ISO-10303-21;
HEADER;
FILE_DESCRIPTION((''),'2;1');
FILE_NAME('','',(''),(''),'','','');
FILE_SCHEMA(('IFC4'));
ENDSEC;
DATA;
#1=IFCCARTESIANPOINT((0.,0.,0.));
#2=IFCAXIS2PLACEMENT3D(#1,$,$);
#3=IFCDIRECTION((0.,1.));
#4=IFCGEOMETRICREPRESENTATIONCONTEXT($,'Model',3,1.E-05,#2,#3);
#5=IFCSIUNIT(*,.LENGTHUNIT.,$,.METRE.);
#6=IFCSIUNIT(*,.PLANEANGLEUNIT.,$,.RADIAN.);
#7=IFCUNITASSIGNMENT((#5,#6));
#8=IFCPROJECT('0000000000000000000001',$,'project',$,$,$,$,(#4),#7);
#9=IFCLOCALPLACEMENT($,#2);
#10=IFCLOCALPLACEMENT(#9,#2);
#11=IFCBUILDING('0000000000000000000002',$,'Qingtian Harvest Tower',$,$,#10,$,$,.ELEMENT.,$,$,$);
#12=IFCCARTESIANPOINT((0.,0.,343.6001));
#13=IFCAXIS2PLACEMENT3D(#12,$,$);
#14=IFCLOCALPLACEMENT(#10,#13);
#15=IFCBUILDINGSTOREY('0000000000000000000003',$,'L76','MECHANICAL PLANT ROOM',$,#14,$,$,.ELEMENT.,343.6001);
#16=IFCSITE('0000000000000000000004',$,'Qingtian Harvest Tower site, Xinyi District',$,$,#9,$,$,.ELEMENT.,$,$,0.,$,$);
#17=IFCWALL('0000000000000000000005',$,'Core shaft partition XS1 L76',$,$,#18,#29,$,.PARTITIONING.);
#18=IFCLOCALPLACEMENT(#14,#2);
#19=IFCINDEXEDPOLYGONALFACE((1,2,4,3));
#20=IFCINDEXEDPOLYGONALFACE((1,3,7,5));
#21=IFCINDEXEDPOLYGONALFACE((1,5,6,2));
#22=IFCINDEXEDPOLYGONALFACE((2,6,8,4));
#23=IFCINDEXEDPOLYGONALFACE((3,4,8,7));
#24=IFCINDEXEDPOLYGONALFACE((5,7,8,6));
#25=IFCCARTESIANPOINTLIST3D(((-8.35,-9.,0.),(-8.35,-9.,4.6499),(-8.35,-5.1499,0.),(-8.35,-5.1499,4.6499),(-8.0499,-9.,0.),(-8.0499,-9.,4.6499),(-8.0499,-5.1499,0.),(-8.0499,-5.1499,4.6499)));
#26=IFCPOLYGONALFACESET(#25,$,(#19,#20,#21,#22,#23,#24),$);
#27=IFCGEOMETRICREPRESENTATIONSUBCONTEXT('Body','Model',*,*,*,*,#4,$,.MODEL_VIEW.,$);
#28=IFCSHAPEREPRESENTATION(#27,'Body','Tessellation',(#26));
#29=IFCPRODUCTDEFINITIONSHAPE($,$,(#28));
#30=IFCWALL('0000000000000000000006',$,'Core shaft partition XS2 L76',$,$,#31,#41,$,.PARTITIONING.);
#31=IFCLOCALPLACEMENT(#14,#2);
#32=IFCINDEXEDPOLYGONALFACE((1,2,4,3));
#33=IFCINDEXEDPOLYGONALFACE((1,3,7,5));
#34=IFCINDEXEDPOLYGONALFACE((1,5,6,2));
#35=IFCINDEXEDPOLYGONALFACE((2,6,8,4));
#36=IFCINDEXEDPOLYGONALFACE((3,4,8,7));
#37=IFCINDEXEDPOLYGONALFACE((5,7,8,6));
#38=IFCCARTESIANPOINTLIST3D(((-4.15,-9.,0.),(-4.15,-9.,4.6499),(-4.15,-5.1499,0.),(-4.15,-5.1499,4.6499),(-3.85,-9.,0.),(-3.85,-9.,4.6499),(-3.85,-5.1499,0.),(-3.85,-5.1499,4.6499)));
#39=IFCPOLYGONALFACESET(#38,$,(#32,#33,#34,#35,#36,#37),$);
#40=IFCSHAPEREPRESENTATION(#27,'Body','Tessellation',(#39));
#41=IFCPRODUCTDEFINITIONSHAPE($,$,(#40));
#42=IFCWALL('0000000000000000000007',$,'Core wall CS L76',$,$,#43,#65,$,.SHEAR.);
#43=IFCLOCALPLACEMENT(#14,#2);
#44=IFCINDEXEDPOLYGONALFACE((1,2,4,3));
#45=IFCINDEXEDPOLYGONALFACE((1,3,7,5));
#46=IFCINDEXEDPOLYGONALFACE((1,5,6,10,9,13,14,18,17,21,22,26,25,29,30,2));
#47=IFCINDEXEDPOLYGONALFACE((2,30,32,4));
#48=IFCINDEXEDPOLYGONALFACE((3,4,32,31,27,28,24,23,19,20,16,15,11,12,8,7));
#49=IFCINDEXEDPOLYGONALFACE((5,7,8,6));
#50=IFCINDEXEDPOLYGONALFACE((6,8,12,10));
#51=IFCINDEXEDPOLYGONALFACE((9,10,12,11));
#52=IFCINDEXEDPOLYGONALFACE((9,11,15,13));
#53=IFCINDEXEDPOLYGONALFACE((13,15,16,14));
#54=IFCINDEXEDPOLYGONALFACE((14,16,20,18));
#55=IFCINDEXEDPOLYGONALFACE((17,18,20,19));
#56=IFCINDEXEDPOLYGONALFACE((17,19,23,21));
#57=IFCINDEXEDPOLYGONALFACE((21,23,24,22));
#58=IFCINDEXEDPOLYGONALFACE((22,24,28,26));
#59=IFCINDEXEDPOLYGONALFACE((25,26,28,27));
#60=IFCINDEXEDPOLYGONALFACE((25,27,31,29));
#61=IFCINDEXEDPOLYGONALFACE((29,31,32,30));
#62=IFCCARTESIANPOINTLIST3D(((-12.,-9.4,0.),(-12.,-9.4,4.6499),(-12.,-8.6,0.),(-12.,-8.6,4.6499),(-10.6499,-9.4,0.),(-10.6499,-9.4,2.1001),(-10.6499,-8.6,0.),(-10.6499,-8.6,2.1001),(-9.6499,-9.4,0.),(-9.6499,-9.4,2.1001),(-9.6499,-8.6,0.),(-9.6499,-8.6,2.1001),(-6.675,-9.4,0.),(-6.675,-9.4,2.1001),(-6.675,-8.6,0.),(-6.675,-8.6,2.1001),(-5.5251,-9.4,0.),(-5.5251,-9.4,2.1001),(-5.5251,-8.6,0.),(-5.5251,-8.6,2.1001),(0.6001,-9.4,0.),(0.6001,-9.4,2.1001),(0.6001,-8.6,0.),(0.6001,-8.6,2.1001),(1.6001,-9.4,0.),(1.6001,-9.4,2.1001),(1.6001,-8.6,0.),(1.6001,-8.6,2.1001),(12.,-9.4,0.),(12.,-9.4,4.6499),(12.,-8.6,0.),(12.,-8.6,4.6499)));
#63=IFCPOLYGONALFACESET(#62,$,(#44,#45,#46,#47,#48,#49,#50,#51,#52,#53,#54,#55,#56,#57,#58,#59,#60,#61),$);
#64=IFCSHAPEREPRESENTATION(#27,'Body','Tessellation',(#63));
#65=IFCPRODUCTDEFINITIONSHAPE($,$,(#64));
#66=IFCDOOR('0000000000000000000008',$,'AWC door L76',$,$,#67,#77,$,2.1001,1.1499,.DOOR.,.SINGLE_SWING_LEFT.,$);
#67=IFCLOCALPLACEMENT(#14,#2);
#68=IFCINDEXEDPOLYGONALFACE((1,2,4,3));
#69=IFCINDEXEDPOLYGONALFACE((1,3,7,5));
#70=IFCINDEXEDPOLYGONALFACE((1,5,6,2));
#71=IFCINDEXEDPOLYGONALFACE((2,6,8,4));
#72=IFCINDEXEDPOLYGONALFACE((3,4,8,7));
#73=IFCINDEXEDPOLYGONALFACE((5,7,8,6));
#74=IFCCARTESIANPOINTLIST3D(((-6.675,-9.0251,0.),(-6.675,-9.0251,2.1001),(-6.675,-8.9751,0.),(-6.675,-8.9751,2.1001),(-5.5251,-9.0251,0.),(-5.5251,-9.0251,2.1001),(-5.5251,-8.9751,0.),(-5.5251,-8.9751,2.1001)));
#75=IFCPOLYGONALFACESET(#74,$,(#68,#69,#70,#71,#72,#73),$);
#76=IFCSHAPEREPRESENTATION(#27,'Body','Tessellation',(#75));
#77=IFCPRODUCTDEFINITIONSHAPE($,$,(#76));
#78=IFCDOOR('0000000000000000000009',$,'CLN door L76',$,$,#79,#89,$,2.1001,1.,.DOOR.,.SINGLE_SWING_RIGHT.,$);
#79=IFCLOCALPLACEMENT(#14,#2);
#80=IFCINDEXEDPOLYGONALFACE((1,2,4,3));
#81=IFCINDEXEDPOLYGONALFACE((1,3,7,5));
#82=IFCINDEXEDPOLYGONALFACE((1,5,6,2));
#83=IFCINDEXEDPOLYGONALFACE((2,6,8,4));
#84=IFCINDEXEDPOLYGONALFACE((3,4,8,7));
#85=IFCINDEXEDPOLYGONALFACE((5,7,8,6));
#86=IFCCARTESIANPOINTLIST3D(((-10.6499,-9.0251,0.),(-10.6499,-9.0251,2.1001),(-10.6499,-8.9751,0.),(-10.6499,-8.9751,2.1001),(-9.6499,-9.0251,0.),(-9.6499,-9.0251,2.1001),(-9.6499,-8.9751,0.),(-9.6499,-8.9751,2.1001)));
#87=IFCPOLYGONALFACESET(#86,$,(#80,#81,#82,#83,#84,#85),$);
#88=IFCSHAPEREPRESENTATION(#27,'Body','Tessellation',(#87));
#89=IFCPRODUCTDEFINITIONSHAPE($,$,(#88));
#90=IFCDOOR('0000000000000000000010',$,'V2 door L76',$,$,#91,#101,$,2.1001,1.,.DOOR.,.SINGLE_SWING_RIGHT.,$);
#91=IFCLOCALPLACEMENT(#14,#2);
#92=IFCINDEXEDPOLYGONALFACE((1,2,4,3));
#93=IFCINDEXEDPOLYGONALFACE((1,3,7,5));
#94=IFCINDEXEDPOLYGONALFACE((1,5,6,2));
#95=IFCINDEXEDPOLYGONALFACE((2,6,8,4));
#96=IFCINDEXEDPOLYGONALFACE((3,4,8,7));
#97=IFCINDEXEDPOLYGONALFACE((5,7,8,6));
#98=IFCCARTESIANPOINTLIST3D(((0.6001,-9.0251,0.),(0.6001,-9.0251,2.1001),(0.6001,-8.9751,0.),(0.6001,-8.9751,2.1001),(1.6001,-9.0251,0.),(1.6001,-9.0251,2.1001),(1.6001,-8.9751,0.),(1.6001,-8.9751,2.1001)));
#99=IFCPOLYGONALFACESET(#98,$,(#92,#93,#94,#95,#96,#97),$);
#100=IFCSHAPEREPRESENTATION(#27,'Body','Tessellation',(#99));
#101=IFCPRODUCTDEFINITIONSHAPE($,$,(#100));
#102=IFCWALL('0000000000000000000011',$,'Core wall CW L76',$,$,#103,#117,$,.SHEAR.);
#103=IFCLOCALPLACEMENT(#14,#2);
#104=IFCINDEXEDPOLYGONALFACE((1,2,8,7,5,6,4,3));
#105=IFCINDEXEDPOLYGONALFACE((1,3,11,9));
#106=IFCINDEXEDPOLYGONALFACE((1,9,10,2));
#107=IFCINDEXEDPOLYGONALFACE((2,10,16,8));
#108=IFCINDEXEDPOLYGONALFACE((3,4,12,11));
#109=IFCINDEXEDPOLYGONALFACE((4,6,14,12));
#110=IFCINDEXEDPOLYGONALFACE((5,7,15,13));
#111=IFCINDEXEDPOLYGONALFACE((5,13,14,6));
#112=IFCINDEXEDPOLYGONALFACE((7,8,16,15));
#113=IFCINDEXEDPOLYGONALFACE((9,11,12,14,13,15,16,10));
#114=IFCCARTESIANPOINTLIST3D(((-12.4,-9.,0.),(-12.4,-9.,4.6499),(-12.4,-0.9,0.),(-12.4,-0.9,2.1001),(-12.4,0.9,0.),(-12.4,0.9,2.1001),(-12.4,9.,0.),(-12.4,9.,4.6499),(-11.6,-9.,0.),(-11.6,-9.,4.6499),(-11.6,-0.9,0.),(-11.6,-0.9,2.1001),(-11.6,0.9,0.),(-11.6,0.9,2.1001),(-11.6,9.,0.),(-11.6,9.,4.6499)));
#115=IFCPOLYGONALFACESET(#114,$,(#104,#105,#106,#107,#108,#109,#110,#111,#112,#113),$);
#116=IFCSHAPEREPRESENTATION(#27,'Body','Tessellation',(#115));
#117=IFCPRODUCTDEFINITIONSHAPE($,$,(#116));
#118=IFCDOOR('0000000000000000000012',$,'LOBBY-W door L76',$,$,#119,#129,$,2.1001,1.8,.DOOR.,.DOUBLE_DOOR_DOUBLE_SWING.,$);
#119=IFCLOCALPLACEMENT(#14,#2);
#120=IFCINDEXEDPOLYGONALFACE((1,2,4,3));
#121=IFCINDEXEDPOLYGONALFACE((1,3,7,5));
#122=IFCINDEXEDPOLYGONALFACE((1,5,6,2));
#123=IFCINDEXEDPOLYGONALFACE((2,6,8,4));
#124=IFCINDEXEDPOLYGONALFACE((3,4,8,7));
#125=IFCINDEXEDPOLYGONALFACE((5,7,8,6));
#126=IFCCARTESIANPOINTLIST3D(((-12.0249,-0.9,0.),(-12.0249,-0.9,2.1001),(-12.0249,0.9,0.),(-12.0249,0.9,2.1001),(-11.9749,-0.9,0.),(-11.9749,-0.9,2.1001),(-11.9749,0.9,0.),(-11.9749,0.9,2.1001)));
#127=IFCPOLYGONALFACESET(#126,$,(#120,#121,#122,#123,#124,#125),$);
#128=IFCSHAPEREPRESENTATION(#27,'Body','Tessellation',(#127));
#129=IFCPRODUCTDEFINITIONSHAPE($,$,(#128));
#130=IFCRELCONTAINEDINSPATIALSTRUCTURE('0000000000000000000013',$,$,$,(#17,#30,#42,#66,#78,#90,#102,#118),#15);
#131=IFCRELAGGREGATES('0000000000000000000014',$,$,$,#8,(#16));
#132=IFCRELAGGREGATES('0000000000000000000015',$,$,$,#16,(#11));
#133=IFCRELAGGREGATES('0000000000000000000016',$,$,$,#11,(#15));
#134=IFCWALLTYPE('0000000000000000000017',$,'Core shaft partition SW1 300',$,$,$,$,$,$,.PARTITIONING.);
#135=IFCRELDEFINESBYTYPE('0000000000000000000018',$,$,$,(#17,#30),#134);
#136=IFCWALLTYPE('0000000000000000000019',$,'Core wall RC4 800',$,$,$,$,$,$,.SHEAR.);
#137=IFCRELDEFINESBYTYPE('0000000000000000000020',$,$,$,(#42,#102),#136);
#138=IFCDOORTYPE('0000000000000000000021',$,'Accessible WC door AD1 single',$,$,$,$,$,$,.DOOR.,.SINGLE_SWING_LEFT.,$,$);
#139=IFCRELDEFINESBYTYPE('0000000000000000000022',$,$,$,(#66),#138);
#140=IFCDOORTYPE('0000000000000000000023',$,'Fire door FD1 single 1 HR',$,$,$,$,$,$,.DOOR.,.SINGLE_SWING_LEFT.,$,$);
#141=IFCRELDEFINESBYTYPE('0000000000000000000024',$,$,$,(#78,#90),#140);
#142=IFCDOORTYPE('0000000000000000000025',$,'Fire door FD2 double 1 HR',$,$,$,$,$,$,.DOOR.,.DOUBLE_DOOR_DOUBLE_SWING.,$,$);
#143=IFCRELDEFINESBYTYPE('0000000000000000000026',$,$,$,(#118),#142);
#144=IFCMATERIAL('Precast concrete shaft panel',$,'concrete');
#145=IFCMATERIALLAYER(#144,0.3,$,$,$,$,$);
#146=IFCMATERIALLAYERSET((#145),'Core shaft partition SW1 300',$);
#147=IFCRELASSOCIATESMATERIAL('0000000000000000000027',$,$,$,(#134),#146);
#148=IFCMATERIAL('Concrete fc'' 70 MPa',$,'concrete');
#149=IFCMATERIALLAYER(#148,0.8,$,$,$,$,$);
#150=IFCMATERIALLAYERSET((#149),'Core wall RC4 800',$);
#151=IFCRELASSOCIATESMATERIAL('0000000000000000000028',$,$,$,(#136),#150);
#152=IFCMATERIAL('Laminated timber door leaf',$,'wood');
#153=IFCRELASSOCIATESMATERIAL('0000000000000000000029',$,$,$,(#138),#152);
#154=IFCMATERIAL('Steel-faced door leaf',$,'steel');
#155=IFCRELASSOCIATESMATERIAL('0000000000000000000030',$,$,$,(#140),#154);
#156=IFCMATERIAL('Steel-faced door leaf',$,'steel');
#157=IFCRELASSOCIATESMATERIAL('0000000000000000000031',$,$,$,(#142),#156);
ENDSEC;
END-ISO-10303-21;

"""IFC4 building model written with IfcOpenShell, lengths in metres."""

from ifc_helpers import new_model, si_unit, direction, frame, frame_2d, origin, place, context, subcontext, project, spatial, rectangle, extrude, material, layer, layer_set, type_object, element, fill, save


model = new_model("IFC4")

# Units and contexts
model_context = context("Model", 3, precision=1e-05, world=origin(), true_north=direction((0.0, 1.0)))
body_context = subcontext(model_context, "Body", "Model", "MODEL_VIEW")
ifc_project = project(units=[si_unit("LENGTHUNIT", "METRE"), si_unit("PLANEANGLEUNIT", "RADIAN")], contexts=[model_context])

# Site, building, storey
site_placement = place(None, origin())
site = spatial("IfcSite", under=ifc_project, at=site_placement, Name="Qingtian Harvest Tower site, Xinyi District", CompositionType="ELEMENT", RefElevation=0.0)
building_placement = place(site_placement, origin())
building = spatial("IfcBuilding", under=site, at=building_placement, Name="Qingtian Harvest Tower", CompositionType="ELEMENT")
storey_placement = place(building_placement, frame((0.0, 0.0, 343.6001)))
storey = spatial("IfcBuildingStorey", under=building, at=storey_placement, Name="L76", Description="MECHANICAL PLANT ROOM", CompositionType="ELEMENT", Elevation=343.6001)

# Walls
ifc_material_1 = material(Name="Precast concrete shaft panel", Category="concrete")
ifc_layer_1 = layer(ifc_material_1, 0.3)
ifc_layer_set_1 = layer_set([ifc_layer_1], Name="Core shaft partition SW1 300")
wall_type_1 = type_object("IfcWallType", Name="Core shaft partition SW1 300", PredefinedType="PARTITIONING", material=ifc_layer_set_1)
for number, where, z_axis, x_axis, name in (
    (1, (-8.2, -9.0, 0.0), (0.0, 0.0, 1.0), (0.0, 1.0, 0.0), "Core shaft partition XS1 L76"),
    (2, (-4.0, -9.0, 0.0), (0.0, 0.0, 1.0), (0.0, 1.0, 0.0), "Core shaft partition XS2 L76"),
):
    element("IfcWall", number, at=place(storey_placement, frame(where, z_axis=z_axis, x_axis=x_axis)), inside=storey, type_object=wall_type_1, Name=name, PredefinedType="PARTITIONING", context=body_context, shape_type="SweptSolid", body=[
        extrude(rectangle(XDim=3.8501, YDim=0.3, at=frame_2d((1.925, 0.0))), origin(), (0.0, 0.0, 1.0), 4.6499),
    ])

# Wall, openings, doors
ifc_material_2 = material(Name="Concrete fc' 70 MPa", Category="concrete")
ifc_layer_2 = layer(ifc_material_2, 0.8)
ifc_layer_set_2 = layer_set([ifc_layer_2], Name="Core wall RC4 800")
wall_type_2 = type_object("IfcWallType", Name="Core wall RC4 800", PredefinedType="SHEAR", material=ifc_layer_set_2)
wall_1_placement = place(storey_placement, frame((-12.0, -9.0, 0.0), z_axis=(0.0, 0.0, 1.0), x_axis=(1.0, 0.0, 0.0)))
wall_1 = element("IfcWall", 3, at=wall_1_placement, inside=storey, type_object=wall_type_2, Name="Core wall CS L76", PredefinedType="SHEAR", context=body_context, shape_type="SweptSolid", body=[
    extrude(rectangle(XDim=24.0, YDim=0.8, at=frame_2d((12.0, 0.0))), origin(), (0.0, 0.0, 1.0), 4.6499),
])
opening_1_placement = place(wall_1_placement, frame((1.3501, 0.0, 0.0)))
opening_1 = element("IfcOpeningElement", 4, at=opening_1_placement, cuts=wall_1, PredefinedType="OPENING", context=body_context, shape_type="SweptSolid", body=[
    extrude(rectangle(XDim=1.0, YDim=2.1001, at=frame_2d((0.5, 1.05))), frame((0.0, 0.4099, 0.0), z_axis=(0.0, -1.0, 0.0), x_axis=(1.0, 0.0, 0.0)), (0.0, 0.0, 1.0), 0.8201),
])
opening_2_placement = place(wall_1_placement, frame((5.325, 0.0, 0.0)))
opening_2 = element("IfcOpeningElement", 5, at=opening_2_placement, cuts=wall_1, PredefinedType="OPENING", context=body_context, shape_type="SweptSolid", body=[
    extrude(rectangle(XDim=1.1499, YDim=2.1001, at=frame_2d((0.575, 1.05))), frame((0.0, 0.4099, 0.0), z_axis=(0.0, -1.0, 0.0), x_axis=(1.0, 0.0, 0.0)), (0.0, 0.0, 1.0), 0.8201),
])
opening_3_placement = place(wall_1_placement, frame((12.6001, 0.0, 0.0)))
opening_3 = element("IfcOpeningElement", 6, at=opening_3_placement, cuts=wall_1, PredefinedType="OPENING", context=body_context, shape_type="SweptSolid", body=[
    extrude(rectangle(XDim=1.0, YDim=2.1001, at=frame_2d((0.5, 1.05))), frame((0.0, 0.4099, 0.0), z_axis=(0.0, -1.0, 0.0), x_axis=(1.0, 0.0, 0.0)), (0.0, 0.0, 1.0), 0.8201),
])
ifc_material_3 = material(Name="Laminated timber door leaf", Category="wood")
door_type_1 = type_object("IfcDoorType", Name="Accessible WC door AD1 single", OperationType="SINGLE_SWING_LEFT", PredefinedType="DOOR", material=ifc_material_3)
door_1_placement = place(opening_2_placement, origin())
door_1 = element("IfcDoor", 7, at=door_1_placement, inside=storey, type_object=door_type_1, Name="AWC door L76", OperationType="SINGLE_SWING_LEFT", OverallHeight=2.1001, OverallWidth=1.1499, PredefinedType="DOOR", context=body_context, shape_type="SweptSolid", body=[
    extrude(rectangle(XDim=1.1499, YDim=2.1001, at=frame_2d((0.575, 1.05))), frame((0.0, 0.0249, 0.0), z_axis=(0.0, -1.0, 0.0), x_axis=(1.0, 0.0, 0.0)), (0.0, 0.0, 1.0), 0.05),
])
fill(opening_2, door_1)
ifc_material_4 = material(Name="Steel-faced door leaf", Category="steel")
door_type_2 = type_object("IfcDoorType", Name="Fire door FD1 single 1 HR", OperationType="SINGLE_SWING_LEFT", PredefinedType="DOOR", material=ifc_material_4)
door_2_placement = place(opening_1_placement, origin())
door_2 = element("IfcDoor", 8, at=door_2_placement, inside=storey, type_object=door_type_2, Name="CLN door L76", OperationType="SINGLE_SWING_RIGHT", OverallHeight=2.1001, OverallWidth=1.0, PredefinedType="DOOR", context=body_context, shape_type="SweptSolid", body=[
    extrude(rectangle(XDim=1.0, YDim=2.1001, at=frame_2d((0.5, 1.05))), frame((0.0, 0.0249, 0.0), z_axis=(0.0, -1.0, 0.0), x_axis=(1.0, 0.0, 0.0)), (0.0, 0.0, 1.0), 0.05),
])
fill(opening_1, door_2)
door_3_placement = place(opening_3_placement, origin())
door_3 = element("IfcDoor", 9, at=door_3_placement, inside=storey, type_object=door_type_2, Name="V2 door L76", OperationType="SINGLE_SWING_RIGHT", OverallHeight=2.1001, OverallWidth=1.0, PredefinedType="DOOR", context=body_context, shape_type="SweptSolid", body=[
    extrude(rectangle(XDim=1.0, YDim=2.1001, at=frame_2d((0.5, 1.05))), frame((0.0, 0.0249, 0.0), z_axis=(0.0, -1.0, 0.0), x_axis=(1.0, 0.0, 0.0)), (0.0, 0.0, 1.0), 0.05),
])
fill(opening_3, door_3)

# Wall, opening, door
wall_2_placement = place(storey_placement, frame((-12.0, -9.0, 0.0), z_axis=(0.0, 0.0, 1.0), x_axis=(0.0, 1.0, 0.0)))
wall_2 = element("IfcWall", 10, at=wall_2_placement, inside=storey, type_object=wall_type_2, Name="Core wall CW L76", PredefinedType="SHEAR", context=body_context, shape_type="SweptSolid", body=[
    extrude(rectangle(XDim=18.0, YDim=0.8, at=frame_2d((9.0, 0.0))), origin(), (0.0, 0.0, 1.0), 4.6499),
])
opening_4_placement = place(wall_2_placement, frame((8.1001, 0.0, 0.0)))
opening_4 = element("IfcOpeningElement", 11, at=opening_4_placement, cuts=wall_2, PredefinedType="OPENING", context=body_context, shape_type="SweptSolid", body=[
    extrude(rectangle(XDim=1.8, YDim=2.1001, at=frame_2d((0.8999, 1.05))), frame((0.0, 0.4099, 0.0), z_axis=(0.0, -1.0, 0.0), x_axis=(1.0, 0.0, 0.0)), (0.0, 0.0, 1.0), 0.8201),
])
ifc_material_5 = material(Name="Steel-faced door leaf", Category="steel")
door_type_3 = type_object("IfcDoorType", Name="Fire door FD2 double 1 HR", OperationType="DOUBLE_DOOR_DOUBLE_SWING", PredefinedType="DOOR", material=ifc_material_5)
door_4_placement = place(opening_4_placement, origin())
door_4 = element("IfcDoor", 12, at=door_4_placement, inside=storey, type_object=door_type_3, Name="LOBBY-W door L76", OperationType="DOUBLE_DOOR_DOUBLE_SWING", OverallHeight=2.1001, OverallWidth=1.8, PredefinedType="DOOR", context=body_context, shape_type="SweptSolid", body=[
    extrude(rectangle(XDim=1.8, YDim=2.1001, at=frame_2d((0.8999, 1.05))), frame((0.0, 0.0249, 0.0), z_axis=(0.0, -1.0, 0.0), x_axis=(1.0, 0.0, 0.0)), (0.0, 0.0, 1.0), 0.05),
])
fill(opening_4, door_4)

save(model, "model.ifc")
